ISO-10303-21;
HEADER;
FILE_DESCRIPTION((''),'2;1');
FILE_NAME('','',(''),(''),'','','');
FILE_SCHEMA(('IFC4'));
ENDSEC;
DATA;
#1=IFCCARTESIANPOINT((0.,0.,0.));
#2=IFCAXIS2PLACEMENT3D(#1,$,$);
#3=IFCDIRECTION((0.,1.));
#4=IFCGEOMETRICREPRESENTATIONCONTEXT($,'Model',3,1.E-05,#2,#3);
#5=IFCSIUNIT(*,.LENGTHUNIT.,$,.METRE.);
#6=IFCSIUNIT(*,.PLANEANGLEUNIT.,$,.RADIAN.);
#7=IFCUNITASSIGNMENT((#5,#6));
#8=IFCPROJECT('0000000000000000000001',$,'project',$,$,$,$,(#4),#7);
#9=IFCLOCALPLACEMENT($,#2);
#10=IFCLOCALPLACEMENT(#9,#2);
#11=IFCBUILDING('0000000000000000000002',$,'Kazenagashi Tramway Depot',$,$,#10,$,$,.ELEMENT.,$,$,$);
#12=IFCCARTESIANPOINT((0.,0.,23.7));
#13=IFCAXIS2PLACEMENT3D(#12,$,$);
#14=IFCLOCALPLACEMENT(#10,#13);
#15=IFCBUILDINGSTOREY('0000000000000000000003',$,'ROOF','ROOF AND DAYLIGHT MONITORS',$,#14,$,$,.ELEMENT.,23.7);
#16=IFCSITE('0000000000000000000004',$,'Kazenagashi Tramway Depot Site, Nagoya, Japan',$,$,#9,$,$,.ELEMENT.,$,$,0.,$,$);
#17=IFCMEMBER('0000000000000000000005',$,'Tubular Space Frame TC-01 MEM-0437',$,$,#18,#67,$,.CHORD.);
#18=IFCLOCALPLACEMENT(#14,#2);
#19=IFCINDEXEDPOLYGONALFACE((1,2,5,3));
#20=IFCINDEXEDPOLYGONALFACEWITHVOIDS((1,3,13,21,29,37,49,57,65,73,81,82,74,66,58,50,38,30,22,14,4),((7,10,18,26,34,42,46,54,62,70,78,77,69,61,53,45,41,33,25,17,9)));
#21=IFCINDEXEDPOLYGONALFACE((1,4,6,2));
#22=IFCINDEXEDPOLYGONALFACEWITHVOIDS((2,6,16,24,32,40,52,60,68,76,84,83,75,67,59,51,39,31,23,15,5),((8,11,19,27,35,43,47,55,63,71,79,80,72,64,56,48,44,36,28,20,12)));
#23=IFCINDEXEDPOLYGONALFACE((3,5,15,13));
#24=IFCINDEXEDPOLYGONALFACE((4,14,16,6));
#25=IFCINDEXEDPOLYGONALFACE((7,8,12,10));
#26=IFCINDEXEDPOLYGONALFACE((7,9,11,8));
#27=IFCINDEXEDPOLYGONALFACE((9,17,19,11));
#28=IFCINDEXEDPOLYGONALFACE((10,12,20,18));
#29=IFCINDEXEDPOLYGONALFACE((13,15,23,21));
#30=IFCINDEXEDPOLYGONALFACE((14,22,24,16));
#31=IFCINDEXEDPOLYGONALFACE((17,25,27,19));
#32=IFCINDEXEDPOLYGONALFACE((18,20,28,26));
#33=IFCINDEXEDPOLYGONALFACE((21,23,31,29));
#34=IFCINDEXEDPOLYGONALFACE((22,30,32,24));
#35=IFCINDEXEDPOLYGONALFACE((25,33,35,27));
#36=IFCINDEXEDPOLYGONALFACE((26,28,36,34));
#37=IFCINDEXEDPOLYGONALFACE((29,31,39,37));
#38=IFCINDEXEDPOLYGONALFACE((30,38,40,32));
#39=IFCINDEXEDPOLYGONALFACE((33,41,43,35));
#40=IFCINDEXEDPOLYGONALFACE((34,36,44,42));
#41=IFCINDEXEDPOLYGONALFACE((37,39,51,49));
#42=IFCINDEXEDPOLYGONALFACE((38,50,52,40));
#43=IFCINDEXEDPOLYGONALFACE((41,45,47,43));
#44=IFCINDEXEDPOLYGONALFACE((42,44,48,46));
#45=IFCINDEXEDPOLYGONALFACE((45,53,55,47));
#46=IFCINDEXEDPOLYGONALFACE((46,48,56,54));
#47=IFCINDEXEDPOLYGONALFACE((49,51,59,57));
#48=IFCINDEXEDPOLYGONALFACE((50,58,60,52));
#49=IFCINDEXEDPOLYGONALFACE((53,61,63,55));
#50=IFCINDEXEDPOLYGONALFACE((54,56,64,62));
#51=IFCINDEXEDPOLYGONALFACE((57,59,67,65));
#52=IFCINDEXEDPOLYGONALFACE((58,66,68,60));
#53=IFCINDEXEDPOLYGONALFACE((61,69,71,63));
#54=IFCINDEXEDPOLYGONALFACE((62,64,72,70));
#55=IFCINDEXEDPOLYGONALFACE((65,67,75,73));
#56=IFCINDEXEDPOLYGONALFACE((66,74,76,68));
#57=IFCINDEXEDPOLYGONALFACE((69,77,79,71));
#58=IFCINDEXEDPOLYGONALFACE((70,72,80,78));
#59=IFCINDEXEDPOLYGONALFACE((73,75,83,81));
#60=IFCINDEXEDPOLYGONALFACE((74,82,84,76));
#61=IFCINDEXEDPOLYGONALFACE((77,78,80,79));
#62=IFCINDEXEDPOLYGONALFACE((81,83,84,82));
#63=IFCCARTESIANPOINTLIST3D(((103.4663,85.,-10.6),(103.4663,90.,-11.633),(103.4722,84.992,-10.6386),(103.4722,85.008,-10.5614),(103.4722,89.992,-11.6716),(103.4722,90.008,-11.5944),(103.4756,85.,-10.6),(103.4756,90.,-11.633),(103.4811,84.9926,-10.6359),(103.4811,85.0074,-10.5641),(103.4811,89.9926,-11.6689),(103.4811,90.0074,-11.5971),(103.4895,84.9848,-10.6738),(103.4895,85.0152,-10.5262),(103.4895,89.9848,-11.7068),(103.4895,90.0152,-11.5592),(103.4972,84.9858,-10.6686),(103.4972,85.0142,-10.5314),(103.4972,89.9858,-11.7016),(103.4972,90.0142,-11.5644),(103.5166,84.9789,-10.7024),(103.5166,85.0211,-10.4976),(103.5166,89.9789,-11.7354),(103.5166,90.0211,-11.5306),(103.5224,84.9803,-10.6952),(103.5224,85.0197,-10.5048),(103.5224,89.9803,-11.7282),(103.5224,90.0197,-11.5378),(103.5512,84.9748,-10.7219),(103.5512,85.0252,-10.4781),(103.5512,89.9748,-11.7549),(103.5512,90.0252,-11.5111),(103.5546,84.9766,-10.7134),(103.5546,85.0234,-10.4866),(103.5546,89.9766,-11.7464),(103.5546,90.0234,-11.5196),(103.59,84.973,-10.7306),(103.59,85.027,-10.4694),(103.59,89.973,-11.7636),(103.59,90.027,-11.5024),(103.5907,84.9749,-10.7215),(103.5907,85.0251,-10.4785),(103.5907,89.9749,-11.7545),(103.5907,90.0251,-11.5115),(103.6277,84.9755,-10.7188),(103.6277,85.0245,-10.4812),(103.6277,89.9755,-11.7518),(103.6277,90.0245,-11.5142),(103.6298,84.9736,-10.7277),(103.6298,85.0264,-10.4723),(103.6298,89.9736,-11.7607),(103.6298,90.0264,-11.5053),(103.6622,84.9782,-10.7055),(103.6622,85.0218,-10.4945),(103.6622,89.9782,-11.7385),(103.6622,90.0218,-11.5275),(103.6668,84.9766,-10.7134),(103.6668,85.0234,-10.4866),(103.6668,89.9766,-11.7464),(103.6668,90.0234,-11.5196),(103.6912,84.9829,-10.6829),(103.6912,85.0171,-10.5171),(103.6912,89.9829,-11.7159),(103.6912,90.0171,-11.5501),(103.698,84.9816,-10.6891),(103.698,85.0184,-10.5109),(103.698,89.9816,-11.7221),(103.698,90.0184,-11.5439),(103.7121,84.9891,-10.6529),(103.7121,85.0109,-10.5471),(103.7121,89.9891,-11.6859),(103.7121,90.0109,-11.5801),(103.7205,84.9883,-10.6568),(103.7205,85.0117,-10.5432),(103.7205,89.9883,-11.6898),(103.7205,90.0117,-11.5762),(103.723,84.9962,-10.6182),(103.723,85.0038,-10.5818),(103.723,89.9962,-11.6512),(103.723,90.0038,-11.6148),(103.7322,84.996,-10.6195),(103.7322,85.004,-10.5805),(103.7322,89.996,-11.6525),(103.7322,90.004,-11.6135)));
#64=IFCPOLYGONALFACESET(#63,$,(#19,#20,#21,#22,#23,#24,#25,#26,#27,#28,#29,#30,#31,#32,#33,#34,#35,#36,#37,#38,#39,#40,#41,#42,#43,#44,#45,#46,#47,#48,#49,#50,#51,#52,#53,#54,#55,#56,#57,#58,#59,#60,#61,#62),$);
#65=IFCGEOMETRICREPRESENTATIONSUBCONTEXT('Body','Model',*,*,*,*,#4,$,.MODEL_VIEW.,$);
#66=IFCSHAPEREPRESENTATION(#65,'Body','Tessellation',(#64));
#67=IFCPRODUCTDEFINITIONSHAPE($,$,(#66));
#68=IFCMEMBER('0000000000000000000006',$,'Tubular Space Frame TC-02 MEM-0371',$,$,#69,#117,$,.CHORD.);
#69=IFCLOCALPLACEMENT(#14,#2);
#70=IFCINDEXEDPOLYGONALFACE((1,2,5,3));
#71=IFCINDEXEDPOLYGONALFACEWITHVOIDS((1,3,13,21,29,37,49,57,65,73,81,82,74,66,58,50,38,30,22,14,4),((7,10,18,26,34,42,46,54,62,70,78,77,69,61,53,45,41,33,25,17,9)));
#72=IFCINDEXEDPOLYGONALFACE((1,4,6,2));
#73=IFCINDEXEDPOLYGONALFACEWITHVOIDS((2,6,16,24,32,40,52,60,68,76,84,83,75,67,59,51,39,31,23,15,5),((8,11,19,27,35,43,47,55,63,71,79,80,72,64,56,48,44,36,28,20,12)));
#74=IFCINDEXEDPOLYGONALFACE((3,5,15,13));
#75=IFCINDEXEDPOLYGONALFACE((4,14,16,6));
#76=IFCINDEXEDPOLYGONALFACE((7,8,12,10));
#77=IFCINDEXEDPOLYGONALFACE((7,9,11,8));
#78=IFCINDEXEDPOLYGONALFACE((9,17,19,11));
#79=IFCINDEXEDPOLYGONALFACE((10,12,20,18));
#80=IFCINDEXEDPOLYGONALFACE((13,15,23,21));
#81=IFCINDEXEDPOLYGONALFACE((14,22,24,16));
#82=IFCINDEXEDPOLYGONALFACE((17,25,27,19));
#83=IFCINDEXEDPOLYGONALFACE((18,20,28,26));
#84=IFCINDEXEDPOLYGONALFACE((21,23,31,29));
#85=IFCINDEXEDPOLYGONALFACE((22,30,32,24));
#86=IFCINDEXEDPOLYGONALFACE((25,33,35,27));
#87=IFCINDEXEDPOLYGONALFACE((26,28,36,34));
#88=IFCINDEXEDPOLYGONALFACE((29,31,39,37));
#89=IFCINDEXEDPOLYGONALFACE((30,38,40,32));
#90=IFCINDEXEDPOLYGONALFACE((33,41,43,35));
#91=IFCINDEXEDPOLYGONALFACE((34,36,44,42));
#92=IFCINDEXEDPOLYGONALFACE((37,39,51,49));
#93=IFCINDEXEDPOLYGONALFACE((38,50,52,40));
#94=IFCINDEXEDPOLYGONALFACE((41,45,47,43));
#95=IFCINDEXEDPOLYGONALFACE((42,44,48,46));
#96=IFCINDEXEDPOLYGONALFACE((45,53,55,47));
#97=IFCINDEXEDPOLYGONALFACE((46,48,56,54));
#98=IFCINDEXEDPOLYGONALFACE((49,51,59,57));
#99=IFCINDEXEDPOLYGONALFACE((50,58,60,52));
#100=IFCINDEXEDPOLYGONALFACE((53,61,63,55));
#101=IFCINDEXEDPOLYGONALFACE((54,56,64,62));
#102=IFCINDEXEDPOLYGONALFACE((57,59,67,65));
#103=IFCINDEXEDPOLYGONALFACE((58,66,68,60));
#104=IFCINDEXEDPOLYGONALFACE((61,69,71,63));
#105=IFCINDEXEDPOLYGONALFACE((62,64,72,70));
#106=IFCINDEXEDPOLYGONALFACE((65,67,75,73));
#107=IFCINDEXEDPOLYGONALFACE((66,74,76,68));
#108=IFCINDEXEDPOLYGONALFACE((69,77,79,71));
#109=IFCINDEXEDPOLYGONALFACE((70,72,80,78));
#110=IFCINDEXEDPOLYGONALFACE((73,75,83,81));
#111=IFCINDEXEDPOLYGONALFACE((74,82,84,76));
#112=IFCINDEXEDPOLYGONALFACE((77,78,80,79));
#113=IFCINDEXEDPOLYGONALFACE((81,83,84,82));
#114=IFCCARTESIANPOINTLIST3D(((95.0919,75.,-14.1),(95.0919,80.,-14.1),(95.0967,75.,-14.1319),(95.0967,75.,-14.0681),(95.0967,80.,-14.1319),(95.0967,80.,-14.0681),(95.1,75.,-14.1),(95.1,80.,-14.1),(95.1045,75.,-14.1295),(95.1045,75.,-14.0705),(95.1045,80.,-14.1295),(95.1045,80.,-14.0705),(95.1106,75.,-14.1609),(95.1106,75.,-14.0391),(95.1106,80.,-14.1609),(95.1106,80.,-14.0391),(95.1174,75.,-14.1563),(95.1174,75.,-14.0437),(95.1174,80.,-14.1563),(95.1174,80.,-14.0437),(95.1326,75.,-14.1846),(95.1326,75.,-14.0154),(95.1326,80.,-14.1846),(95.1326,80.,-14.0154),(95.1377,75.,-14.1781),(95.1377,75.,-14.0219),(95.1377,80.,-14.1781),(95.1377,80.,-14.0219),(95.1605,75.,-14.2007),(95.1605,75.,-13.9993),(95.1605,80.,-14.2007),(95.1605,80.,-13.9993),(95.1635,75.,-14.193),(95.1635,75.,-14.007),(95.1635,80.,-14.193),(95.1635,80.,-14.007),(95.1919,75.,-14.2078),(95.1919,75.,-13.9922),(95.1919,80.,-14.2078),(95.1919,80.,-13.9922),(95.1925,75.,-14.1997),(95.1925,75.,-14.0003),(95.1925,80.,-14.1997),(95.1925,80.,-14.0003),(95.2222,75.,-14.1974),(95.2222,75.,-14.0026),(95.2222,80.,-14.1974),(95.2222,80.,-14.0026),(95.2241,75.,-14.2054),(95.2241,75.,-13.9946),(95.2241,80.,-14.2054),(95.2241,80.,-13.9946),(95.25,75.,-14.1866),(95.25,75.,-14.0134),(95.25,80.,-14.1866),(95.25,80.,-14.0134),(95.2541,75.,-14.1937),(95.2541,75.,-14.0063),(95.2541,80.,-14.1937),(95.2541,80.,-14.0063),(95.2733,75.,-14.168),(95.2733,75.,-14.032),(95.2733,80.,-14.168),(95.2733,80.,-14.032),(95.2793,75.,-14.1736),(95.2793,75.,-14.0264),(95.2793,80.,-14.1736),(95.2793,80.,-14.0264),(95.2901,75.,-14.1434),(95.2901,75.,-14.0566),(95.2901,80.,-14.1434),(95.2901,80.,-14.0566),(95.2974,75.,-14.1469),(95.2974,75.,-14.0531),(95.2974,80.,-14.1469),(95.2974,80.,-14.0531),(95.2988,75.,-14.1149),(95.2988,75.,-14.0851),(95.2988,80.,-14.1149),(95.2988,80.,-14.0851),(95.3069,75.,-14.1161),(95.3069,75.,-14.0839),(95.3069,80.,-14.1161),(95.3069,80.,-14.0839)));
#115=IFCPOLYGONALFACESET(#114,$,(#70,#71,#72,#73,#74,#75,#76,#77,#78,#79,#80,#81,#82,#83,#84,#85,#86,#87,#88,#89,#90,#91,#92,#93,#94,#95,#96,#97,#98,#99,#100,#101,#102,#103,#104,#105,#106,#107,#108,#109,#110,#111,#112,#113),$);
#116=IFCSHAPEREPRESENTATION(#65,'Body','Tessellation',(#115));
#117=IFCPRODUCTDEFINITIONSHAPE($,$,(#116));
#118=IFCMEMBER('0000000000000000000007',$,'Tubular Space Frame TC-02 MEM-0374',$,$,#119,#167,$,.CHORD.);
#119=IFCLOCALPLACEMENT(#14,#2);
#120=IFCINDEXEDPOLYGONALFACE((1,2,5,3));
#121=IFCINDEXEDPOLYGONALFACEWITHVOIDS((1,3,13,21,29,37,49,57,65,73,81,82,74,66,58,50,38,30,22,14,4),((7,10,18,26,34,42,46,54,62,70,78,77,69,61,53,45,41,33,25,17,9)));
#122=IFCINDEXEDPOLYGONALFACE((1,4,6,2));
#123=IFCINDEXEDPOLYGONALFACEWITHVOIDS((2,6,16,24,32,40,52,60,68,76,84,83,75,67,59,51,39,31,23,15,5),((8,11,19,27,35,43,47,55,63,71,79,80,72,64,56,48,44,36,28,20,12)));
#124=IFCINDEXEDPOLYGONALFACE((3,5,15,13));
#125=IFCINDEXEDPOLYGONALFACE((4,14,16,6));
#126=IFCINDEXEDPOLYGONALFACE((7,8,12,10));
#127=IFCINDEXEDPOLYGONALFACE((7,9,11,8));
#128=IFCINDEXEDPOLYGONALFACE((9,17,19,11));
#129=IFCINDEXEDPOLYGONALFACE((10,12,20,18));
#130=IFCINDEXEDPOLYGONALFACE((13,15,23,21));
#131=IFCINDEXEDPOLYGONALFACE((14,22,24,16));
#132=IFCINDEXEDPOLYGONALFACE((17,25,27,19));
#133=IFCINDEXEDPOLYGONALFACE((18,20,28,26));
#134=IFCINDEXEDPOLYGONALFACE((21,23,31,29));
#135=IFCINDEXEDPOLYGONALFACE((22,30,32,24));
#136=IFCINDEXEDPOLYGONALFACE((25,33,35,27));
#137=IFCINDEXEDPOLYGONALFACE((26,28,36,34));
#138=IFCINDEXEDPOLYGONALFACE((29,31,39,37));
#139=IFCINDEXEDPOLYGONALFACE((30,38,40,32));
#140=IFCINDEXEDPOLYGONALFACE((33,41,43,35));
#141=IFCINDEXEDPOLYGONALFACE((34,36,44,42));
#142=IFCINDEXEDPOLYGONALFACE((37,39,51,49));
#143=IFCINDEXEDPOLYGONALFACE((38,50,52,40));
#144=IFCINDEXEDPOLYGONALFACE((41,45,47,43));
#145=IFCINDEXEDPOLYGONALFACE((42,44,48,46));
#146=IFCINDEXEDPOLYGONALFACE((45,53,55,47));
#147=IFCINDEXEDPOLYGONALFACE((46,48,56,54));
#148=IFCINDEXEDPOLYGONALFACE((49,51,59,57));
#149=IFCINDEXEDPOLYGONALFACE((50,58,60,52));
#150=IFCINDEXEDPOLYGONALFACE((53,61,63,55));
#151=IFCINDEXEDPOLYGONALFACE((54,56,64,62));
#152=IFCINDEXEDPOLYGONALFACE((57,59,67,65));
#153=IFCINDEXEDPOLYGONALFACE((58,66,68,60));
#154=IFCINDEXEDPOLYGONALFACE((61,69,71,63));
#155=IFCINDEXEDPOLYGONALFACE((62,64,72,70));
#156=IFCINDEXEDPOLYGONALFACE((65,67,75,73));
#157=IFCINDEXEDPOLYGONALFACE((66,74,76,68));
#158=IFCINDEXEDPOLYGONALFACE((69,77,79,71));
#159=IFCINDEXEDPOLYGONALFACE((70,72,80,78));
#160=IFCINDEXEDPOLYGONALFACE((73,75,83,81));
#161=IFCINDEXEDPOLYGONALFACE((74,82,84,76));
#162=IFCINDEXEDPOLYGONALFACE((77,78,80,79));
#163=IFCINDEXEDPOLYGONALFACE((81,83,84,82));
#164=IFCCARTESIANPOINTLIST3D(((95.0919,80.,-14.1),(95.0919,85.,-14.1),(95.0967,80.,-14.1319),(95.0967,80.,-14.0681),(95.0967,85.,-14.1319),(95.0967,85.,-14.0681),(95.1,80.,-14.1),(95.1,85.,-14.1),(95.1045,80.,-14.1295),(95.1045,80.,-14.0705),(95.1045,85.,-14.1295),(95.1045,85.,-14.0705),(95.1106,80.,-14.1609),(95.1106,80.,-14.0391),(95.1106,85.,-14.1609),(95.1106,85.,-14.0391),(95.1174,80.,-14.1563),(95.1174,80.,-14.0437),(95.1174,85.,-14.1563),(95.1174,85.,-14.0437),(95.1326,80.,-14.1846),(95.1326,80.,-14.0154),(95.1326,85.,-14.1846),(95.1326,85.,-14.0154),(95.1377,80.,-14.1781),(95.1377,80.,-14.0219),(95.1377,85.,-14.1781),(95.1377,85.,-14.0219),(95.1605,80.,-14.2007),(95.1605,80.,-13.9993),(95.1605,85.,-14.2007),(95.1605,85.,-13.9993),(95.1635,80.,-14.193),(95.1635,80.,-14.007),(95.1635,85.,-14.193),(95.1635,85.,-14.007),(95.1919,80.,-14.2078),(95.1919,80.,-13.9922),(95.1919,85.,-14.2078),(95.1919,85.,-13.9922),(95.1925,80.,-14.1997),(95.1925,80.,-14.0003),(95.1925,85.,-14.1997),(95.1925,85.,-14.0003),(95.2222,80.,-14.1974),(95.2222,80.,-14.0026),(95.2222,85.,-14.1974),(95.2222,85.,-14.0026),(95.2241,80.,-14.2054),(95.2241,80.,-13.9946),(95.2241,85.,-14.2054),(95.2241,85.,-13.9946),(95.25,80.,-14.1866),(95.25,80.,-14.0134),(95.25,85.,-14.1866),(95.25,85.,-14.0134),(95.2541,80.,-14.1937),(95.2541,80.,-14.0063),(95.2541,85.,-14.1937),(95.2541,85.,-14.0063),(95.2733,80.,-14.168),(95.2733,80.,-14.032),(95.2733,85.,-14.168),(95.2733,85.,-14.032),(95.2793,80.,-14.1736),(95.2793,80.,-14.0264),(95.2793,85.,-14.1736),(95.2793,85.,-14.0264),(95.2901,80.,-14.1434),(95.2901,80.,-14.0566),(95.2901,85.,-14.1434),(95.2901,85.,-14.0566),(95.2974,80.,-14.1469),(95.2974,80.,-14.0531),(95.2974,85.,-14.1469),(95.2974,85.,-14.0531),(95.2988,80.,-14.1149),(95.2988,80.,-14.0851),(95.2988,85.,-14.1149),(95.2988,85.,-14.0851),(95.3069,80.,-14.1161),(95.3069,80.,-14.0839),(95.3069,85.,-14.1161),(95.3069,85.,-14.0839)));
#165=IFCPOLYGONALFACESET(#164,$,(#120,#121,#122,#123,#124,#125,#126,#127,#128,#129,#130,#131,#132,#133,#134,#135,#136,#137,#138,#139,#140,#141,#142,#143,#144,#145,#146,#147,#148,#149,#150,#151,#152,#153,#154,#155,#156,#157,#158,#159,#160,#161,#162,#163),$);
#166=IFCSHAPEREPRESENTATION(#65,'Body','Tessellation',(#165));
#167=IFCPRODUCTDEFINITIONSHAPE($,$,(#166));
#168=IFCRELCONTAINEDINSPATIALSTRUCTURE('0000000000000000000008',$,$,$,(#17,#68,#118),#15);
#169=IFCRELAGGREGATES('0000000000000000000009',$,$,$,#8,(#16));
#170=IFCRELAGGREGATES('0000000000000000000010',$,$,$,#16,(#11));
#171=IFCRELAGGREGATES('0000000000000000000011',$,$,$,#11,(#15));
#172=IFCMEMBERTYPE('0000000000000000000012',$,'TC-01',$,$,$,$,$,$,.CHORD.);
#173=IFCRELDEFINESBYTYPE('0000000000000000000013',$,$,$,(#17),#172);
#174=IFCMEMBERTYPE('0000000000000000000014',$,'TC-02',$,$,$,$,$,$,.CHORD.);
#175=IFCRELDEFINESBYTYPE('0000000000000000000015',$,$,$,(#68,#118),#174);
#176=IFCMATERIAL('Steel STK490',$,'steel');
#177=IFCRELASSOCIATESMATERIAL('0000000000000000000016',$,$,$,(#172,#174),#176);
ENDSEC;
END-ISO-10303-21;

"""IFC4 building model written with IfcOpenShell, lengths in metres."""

from ifc_helpers import new_model, si_unit, direction, frame, origin, origin_2d, place, context, subcontext, project, spatial, hollow_circle, extrude, material, material_profile, profile_set, type_object, element, save


model = new_model("IFC4")

# Units and contexts
model_context = context("Model", 3, precision=1e-05, world=origin(), true_north=direction((0.0, 1.0)))
body_context = subcontext(model_context, "Body", "Model", "MODEL_VIEW")
ifc_project = project(units=[si_unit("LENGTHUNIT", "METRE"), si_unit("PLANEANGLEUNIT", "RADIAN")], contexts=[model_context])

# Site, building, storey
site_placement = place(None, origin())
site = spatial("IfcSite", under=ifc_project, at=site_placement, Name="Kazenagashi Tramway Depot Site, Nagoya, Japan", CompositionType="ELEMENT", RefElevation=0.0)
building_placement = place(site_placement, origin())
building = spatial("IfcBuilding", under=site, at=building_placement, Name="Kazenagashi Tramway Depot", CompositionType="ELEMENT")
storey_placement = place(building_placement, frame((0.0, 0.0, 23.7)))
storey = spatial("IfcBuildingStorey", under=building, at=storey_placement, Name="ROOF", Description="ROOF AND DAYLIGHT MONITORS", CompositionType="ELEMENT", Elevation=23.7)

# Members
ifc_material_1 = material(Name="Steel STK490", Category="steel")
ifc_material_profile_1 = material_profile(ifc_material_1, hollow_circle(Radius=0.1337, WallThickness=0.0093, at=origin_2d()), Name="CHS-267.4x9.3")
ifc_profile_set_1 = profile_set([ifc_material_profile_1], Name="Steel STK490")
member_type_1 = type_object("IfcMemberType", Name="TC-01", PredefinedType="CHORD", material=ifc_profile_set_1)
for number, where, z_axis, x_axis, name in (
    (1, (103.6, 85.0, -10.6), (0.0, 0.979318, -0.202327), (-1.0, 0.0, 0.0), "Tubular Space Frame TC-01 MEM-0437"),
):
    element("IfcMember", number, at=place(storey_placement, frame(where, z_axis=z_axis, x_axis=x_axis)), inside=storey, type_object=member_type_1, Name=name, PredefinedType="CHORD", context=body_context, shape_type="SweptSolid", body=[
        extrude(hollow_circle(Radius=0.1337, WallThickness=0.0093, at=origin_2d()), origin(), (0.0, 0.0, 1.0), 5.1056),
    ])
ifc_material_profile_2 = material_profile(ifc_material_1, hollow_circle(Radius=0.1081, WallThickness=0.0082, at=origin_2d()), Name="CHS-216.3x8.2")
ifc_profile_set_2 = profile_set([ifc_material_profile_2], Name="Steel STK490")
member_type_2 = type_object("IfcMemberType", Name="TC-02", PredefinedType="CHORD", material=ifc_profile_set_2)
for number, where, z_axis, x_axis, name in (
    (2, (95.2, 75.0, -14.1), (0.0, 1.0, 0.0), (-1.0, 0.0, 0.0), "Tubular Space Frame TC-02 MEM-0371"),
    (3, (95.2, 80.0, -14.1), (0.0, 1.0, 0.0), (-1.0, 0.0, 0.0), "Tubular Space Frame TC-02 MEM-0374"),
):
    element("IfcMember", number, at=place(storey_placement, frame(where, z_axis=z_axis, x_axis=x_axis)), inside=storey, type_object=member_type_2, Name=name, PredefinedType="CHORD", context=body_context, shape_type="SweptSolid", body=[
        extrude(hollow_circle(Radius=0.1081, WallThickness=0.0082, at=origin_2d()), origin(), (0.0, 0.0, 1.0), 5.0),
    ])

save(model, "model.ifc")
